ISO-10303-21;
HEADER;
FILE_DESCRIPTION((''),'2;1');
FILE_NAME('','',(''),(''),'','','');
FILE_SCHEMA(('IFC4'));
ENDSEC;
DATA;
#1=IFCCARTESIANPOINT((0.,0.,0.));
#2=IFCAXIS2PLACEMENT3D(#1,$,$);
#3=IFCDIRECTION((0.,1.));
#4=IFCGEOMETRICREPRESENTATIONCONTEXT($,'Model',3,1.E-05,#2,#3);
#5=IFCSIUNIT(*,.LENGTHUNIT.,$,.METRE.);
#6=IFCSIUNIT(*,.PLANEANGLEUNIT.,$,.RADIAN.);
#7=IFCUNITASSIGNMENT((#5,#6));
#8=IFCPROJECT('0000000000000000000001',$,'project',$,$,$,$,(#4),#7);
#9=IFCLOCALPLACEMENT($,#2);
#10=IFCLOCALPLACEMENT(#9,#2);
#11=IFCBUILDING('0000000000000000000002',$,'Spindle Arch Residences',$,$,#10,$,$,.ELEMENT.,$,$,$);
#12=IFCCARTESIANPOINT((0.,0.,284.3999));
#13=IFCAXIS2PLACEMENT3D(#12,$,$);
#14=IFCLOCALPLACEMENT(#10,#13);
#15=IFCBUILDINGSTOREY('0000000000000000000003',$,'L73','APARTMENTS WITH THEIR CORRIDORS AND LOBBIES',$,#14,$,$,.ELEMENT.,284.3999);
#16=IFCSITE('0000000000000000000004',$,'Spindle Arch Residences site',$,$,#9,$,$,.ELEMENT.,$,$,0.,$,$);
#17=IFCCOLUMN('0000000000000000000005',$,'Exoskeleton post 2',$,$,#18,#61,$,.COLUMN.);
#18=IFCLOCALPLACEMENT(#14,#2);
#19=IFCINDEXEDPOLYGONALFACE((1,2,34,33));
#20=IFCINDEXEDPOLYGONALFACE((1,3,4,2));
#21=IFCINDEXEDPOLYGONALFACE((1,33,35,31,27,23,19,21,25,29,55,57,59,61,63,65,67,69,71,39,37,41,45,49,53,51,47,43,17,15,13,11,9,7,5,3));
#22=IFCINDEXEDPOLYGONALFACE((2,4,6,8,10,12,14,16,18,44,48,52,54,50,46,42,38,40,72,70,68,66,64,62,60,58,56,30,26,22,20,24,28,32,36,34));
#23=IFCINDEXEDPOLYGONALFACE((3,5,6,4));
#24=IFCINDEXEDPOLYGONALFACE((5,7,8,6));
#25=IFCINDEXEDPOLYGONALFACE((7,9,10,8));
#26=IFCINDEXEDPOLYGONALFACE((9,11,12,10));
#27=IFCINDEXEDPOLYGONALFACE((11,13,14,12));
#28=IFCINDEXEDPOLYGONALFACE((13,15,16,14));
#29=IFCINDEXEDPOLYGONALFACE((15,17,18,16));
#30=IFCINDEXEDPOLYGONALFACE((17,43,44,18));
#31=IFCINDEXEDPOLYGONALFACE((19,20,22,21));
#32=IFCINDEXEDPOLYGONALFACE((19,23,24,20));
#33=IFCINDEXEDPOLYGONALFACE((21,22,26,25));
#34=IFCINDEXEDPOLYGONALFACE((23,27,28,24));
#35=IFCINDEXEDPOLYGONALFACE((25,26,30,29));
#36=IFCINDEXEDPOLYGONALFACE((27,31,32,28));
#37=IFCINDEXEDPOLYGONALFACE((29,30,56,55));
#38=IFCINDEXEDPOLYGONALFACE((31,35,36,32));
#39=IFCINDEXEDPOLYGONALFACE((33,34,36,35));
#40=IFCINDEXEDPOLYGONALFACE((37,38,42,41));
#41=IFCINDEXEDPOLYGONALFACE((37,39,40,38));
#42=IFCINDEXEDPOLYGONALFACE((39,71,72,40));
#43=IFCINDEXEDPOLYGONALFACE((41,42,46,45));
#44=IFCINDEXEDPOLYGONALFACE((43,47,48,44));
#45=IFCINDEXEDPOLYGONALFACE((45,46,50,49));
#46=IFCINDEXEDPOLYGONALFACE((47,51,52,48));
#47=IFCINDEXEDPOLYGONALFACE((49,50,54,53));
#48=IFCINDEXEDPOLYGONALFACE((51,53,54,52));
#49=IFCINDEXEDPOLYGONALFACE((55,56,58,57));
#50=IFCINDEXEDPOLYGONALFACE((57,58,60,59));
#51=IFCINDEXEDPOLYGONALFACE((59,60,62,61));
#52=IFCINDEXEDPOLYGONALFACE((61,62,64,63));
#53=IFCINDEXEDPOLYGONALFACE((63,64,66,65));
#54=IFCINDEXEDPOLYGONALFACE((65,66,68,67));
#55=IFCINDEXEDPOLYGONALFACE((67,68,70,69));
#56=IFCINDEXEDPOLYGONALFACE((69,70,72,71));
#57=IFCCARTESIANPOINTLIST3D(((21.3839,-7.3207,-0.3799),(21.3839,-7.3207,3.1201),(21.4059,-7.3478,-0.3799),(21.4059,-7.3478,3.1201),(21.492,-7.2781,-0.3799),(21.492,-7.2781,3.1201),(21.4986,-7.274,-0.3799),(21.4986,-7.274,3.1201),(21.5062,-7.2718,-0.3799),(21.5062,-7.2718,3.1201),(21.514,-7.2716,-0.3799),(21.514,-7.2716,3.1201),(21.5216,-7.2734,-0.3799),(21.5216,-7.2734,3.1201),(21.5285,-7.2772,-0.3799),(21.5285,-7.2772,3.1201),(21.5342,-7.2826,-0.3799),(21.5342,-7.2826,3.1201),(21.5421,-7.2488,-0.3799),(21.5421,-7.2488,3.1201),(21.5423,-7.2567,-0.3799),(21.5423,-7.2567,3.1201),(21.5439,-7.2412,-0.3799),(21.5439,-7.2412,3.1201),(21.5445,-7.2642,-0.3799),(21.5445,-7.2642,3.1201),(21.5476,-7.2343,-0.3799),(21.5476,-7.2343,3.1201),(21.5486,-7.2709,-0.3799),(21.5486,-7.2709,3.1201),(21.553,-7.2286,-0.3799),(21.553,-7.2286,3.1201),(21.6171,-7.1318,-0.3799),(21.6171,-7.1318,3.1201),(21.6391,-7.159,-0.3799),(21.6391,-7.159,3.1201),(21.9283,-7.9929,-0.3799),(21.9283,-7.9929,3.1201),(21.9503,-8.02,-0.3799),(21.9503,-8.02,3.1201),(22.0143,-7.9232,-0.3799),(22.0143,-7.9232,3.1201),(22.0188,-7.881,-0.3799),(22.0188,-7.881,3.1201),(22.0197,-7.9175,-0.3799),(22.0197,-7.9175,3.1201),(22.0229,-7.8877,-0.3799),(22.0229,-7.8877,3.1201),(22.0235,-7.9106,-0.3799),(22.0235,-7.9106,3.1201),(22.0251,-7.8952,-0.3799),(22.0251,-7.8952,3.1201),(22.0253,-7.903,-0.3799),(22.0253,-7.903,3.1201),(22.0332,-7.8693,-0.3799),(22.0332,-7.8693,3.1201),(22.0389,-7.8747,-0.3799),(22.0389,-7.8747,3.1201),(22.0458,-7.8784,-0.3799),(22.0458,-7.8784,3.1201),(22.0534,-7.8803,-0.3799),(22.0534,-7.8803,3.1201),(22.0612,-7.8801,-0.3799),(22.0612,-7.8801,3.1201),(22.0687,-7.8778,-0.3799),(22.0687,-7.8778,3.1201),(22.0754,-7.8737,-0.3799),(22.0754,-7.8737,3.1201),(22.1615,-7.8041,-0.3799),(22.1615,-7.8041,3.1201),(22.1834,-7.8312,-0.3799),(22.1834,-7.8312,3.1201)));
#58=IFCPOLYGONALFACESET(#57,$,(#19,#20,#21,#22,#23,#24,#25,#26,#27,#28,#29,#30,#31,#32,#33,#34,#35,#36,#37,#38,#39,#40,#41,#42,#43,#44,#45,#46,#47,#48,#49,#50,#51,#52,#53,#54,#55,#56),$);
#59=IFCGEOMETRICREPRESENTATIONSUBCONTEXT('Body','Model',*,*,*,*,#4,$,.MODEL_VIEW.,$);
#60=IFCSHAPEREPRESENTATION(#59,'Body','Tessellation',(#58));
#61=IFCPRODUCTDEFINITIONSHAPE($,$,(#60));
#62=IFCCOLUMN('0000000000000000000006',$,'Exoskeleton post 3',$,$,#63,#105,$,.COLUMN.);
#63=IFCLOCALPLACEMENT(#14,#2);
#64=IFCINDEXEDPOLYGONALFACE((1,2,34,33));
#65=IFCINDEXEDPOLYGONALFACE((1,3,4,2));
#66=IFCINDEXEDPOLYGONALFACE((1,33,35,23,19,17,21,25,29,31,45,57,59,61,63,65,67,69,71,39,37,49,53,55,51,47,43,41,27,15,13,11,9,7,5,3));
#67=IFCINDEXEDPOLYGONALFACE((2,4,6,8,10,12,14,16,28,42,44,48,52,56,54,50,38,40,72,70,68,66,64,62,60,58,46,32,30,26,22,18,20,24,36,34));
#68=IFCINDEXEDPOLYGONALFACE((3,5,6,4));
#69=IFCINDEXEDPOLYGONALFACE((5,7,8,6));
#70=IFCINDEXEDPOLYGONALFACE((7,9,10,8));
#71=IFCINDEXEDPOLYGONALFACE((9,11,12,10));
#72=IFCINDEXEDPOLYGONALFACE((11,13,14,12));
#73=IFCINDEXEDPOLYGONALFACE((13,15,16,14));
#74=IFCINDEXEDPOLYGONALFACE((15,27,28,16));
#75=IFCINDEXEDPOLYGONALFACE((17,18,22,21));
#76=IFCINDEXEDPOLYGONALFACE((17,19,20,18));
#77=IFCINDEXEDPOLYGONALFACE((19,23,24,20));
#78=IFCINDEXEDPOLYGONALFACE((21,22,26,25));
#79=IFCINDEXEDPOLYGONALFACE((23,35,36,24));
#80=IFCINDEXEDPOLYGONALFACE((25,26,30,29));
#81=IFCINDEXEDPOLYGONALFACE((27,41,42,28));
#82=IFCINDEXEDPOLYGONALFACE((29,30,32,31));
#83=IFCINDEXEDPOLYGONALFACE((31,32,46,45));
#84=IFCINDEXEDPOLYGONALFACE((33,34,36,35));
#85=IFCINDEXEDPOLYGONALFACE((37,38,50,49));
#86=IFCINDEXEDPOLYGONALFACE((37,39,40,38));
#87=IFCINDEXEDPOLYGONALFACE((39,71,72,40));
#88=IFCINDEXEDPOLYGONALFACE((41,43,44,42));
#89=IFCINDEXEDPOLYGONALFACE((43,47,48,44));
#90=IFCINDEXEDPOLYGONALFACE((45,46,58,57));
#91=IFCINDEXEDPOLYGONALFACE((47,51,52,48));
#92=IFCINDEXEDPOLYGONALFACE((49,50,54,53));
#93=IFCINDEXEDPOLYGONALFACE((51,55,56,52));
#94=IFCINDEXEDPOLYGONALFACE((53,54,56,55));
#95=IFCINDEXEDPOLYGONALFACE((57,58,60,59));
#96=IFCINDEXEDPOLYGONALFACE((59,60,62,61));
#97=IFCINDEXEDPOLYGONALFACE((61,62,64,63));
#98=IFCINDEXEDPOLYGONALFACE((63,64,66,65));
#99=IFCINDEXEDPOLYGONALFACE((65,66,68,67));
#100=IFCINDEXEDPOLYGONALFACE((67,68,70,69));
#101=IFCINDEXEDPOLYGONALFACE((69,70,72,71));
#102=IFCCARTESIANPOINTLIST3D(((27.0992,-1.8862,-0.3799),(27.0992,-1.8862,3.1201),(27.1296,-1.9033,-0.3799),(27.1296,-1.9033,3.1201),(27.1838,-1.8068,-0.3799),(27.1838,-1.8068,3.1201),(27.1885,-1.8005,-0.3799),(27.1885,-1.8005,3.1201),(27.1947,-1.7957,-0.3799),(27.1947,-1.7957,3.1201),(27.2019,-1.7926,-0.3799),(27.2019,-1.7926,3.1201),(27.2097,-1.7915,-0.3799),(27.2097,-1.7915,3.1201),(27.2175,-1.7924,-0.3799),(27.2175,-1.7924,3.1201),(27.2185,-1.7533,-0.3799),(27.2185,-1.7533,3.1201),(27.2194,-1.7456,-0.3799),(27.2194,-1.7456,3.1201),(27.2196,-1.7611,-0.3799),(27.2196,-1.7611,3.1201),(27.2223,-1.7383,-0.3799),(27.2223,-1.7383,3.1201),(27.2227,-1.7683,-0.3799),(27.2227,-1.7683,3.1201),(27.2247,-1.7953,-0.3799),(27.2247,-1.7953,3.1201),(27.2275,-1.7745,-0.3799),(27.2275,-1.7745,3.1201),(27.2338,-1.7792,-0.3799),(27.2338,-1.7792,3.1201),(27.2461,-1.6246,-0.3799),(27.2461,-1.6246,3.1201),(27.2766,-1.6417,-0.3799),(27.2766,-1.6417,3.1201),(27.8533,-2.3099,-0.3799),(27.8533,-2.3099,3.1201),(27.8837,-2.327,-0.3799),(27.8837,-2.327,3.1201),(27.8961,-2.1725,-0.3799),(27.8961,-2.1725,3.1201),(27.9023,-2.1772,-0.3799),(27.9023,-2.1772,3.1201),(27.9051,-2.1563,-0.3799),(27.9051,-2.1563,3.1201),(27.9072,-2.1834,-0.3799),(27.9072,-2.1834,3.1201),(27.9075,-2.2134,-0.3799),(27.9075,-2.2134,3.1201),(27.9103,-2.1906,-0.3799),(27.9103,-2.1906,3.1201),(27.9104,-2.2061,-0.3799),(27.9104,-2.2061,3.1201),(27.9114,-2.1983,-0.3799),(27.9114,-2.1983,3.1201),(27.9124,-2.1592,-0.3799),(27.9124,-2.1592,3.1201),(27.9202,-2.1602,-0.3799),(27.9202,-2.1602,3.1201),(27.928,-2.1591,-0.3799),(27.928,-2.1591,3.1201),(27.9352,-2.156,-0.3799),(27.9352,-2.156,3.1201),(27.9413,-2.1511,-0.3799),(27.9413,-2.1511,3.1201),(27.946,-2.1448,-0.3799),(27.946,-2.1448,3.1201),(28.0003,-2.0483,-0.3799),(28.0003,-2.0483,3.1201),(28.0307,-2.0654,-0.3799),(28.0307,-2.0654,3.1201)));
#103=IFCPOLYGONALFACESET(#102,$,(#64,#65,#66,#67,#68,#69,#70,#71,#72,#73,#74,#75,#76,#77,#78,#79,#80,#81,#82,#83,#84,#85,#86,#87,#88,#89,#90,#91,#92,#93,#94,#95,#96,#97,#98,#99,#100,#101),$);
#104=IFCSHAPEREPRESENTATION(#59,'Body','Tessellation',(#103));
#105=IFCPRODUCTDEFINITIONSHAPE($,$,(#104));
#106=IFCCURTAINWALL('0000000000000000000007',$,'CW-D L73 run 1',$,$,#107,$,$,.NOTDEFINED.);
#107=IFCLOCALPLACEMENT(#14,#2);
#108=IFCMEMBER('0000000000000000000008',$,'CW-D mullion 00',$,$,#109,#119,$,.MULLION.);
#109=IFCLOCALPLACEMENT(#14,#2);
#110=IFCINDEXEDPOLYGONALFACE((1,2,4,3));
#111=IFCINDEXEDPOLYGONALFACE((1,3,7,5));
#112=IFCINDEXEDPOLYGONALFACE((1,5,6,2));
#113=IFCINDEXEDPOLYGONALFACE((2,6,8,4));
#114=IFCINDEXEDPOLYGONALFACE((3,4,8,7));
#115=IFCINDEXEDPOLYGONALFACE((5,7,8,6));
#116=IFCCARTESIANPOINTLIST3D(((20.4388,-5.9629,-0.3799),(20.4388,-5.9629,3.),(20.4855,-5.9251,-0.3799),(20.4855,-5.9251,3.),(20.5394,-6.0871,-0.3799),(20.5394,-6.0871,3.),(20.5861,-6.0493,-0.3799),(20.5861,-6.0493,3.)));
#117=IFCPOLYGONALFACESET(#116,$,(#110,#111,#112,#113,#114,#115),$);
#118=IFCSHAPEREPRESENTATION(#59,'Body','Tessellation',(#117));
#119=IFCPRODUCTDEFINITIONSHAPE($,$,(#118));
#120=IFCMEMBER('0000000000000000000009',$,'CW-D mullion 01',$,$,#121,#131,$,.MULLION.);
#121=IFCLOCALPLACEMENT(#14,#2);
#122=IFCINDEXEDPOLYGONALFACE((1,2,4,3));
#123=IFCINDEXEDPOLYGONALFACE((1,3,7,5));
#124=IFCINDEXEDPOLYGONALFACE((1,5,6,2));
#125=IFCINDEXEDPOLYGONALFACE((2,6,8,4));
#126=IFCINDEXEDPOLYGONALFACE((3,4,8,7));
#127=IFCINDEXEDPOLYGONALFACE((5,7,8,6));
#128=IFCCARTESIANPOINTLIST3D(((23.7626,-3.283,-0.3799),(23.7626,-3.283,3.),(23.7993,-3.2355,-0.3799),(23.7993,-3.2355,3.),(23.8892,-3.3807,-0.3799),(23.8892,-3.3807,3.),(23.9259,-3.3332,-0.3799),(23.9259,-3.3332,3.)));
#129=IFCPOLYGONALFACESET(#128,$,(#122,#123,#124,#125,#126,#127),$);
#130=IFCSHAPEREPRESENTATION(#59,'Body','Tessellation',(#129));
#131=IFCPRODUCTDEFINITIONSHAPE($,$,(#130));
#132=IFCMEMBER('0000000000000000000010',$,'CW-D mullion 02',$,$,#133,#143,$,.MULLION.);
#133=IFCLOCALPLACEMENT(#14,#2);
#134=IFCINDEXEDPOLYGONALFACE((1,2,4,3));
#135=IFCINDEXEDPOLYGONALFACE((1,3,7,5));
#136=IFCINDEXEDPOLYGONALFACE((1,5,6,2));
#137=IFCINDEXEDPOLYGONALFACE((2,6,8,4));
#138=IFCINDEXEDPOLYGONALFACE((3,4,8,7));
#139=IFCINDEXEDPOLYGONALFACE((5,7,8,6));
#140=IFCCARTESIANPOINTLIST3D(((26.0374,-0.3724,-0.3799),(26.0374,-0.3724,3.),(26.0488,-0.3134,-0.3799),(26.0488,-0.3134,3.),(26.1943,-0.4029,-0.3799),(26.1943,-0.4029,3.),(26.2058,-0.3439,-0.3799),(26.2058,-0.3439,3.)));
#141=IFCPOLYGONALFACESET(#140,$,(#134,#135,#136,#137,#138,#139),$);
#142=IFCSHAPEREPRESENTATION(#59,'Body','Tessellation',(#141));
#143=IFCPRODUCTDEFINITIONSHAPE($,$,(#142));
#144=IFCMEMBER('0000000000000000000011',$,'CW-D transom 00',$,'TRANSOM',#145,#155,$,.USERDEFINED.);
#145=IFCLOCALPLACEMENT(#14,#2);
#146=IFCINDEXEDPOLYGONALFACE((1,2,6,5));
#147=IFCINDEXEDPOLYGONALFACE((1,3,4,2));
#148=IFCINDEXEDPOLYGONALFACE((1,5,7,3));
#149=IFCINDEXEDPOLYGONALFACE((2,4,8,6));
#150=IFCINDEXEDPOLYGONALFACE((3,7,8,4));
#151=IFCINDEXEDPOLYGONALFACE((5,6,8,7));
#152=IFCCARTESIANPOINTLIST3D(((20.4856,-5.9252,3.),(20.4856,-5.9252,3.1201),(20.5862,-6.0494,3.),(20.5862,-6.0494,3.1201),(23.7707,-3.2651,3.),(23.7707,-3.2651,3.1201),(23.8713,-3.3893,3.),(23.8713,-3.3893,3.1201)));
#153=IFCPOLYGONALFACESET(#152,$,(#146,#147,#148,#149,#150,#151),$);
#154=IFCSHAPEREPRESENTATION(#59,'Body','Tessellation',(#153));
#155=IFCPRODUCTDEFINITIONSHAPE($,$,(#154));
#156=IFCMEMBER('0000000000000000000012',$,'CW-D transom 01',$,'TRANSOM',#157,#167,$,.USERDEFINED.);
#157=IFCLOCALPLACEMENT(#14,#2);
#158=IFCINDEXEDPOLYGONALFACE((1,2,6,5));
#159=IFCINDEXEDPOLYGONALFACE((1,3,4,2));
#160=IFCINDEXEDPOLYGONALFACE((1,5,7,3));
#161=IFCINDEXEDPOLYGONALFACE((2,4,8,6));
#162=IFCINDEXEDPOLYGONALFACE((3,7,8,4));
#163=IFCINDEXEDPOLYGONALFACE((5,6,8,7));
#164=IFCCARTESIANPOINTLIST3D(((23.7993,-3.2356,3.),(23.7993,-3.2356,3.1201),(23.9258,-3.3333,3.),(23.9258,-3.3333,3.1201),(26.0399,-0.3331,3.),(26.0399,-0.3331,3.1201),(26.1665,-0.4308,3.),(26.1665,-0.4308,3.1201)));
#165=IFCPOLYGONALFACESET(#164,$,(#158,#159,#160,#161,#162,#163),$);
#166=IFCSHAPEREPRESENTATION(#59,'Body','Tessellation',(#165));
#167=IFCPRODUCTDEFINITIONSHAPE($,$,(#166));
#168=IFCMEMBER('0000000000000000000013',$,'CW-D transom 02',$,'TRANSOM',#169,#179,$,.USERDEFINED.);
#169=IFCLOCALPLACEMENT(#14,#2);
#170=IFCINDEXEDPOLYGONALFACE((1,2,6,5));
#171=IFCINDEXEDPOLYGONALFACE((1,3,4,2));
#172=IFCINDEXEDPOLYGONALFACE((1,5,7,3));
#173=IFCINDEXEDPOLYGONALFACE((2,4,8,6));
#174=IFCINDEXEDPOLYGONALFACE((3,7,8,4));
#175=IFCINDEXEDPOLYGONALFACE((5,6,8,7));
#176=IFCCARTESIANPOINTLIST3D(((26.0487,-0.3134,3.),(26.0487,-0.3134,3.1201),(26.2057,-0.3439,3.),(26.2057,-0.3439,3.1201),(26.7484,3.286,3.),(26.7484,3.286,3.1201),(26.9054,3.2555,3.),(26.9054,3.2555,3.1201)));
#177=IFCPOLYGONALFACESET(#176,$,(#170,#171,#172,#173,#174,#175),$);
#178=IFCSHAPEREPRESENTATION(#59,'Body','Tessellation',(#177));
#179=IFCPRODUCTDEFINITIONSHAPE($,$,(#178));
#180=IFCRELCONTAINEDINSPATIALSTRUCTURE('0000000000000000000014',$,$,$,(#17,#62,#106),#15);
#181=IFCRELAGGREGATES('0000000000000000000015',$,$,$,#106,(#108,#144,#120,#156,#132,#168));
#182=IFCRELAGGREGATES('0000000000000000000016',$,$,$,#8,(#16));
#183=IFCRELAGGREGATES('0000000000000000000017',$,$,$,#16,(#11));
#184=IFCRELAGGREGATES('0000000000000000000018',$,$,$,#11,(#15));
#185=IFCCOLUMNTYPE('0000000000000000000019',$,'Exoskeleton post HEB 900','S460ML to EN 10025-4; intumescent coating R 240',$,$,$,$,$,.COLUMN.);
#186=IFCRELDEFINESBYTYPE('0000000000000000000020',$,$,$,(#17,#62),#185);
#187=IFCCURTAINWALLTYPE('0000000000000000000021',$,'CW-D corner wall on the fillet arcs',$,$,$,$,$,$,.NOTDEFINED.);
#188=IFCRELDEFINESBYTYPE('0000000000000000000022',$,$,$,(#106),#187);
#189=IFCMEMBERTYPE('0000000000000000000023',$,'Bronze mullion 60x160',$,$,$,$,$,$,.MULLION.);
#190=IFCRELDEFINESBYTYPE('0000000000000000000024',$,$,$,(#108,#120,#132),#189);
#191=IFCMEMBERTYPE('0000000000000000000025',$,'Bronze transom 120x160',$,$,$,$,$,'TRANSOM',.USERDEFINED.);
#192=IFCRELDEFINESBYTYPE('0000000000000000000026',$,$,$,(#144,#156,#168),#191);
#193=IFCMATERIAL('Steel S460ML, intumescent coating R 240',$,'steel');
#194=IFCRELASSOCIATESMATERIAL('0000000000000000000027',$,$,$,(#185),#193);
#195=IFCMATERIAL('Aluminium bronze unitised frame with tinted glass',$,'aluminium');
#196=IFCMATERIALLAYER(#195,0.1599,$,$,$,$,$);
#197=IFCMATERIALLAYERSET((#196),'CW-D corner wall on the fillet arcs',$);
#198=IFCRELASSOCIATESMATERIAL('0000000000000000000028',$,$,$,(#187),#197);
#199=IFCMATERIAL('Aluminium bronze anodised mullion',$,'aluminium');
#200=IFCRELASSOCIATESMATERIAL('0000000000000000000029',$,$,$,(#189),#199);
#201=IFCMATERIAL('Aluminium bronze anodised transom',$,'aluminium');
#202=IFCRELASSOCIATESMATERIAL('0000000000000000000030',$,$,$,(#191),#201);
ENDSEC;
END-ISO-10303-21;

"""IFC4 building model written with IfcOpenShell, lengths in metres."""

from ifc_helpers import new_model, si_unit, direction, frame, origin, origin_2d, place, context, subcontext, project, spatial, rectangle, i_section, extrude, material, layer, layer_set, material_profile, profile_set, type_object, element, aggregate, save


model = new_model("IFC4")

# Units and contexts
model_context = context("Model", 3, precision=1e-05, world=origin(), true_north=direction((0.0, 1.0)))
body_context = subcontext(model_context, "Body", "Model", "MODEL_VIEW")
ifc_project = project(units=[si_unit("LENGTHUNIT", "METRE"), si_unit("PLANEANGLEUNIT", "RADIAN")], contexts=[model_context])

# Site, building, storey
site_placement = place(None, origin())
site = spatial("IfcSite", under=ifc_project, at=site_placement, Name="Spindle Arch Residences site", CompositionType="ELEMENT", RefElevation=0.0)
building_placement = place(site_placement, origin())
building = spatial("IfcBuilding", under=site, at=building_placement, Name="Spindle Arch Residences", CompositionType="ELEMENT")
storey_placement = place(building_placement, frame((0.0, 0.0, 284.3999)))
storey = spatial("IfcBuildingStorey", under=building, at=storey_placement, Name="L73", Description="APARTMENTS WITH THEIR CORRIDORS AND LOBBIES", CompositionType="ELEMENT", Elevation=284.3999)

# Columns
ifc_material_1 = material(Name="Steel S460ML, intumescent coating R 240", Category="steel")
ifc_material_profile_1 = material_profile(ifc_material_1, i_section(OverallWidth=0.3, OverallDepth=0.8999, WebThickness=0.0186, FlangeThickness=0.0349, FilletRadius=0.03, at=origin_2d()), Name="HEB 900")
ifc_profile_set_1 = profile_set([ifc_material_profile_1], Name="Steel S460ML, intumescent coating R 240")
column_type = type_object("IfcColumnType", Name="Exoskeleton post HEB 900", Description="S460ML to EN 10025-4; intumescent coating R 240", PredefinedType="COLUMN", material=ifc_profile_set_1)
for number, where, z_axis, x_axis, name in (
    (1, (21.7837, -7.5759, -0.3799), (0.0, 0.0, 1.0), (-0.777146, -0.62932, 0.0), "Exoskeleton post 2"),
    (2, (27.5649, -1.9758, -0.3799), (0.0, 0.0, 1.0), (-0.489802, -0.871834, 0.0), "Exoskeleton post 3"),
):
    element("IfcColumn", number, at=place(storey_placement, frame(where, z_axis=z_axis, x_axis=x_axis)), inside=storey, type_object=column_type, Name=name, PredefinedType="COLUMN", context=body_context, shape_type="SweptSolid", body=[
        extrude(i_section(OverallWidth=0.3, OverallDepth=0.8999, WebThickness=0.0186, FlangeThickness=0.0349, FilletRadius=0.03, at=origin_2d()), origin(), (0.0, 0.0, 1.0), 3.5),
    ])

# Curtain wall, members
ifc_material_2 = material(Name="Aluminium bronze unitised frame with tinted glass", Category="aluminium")
ifc_layer_1 = layer(ifc_material_2, 0.1599)
ifc_layer_set_1 = layer_set([ifc_layer_1], Name="CW-D corner wall on the fillet arcs")
curtain_wall_type_1 = type_object("IfcCurtainWallType", Name="CW-D corner wall on the fillet arcs", PredefinedType="NOTDEFINED", material=ifc_layer_set_1)
curtain_wall_1_placement = place(storey_placement, origin())
curtain_wall_1 = element("IfcCurtainWall", 3, at=curtain_wall_1_placement, inside=storey, type_object=curtain_wall_type_1, Name="CW-D L73 run 1", PredefinedType="NOTDEFINED")
ifc_material_3 = material(Name="Aluminium bronze anodised mullion", Category="aluminium")
ifc_material_profile_2 = material_profile(ifc_material_3, rectangle(XDim=0.1599, YDim=0.0601, at=origin_2d()), Name="MU 60x160")
ifc_profile_set_2 = profile_set([ifc_material_profile_2], Name="Aluminium bronze anodised mullion")
member_type_1 = type_object("IfcMemberType", Name="Bronze mullion 60x160", PredefinedType="MULLION", material=ifc_profile_set_2)
member_1_placement = place(storey_placement, frame((20.5125, -6.0061, -0.3799), z_axis=(0.0, 0.0, 1.0), x_axis=(-0.62932, 0.777146, 0.0)))
member_1 = element("IfcMember", 4, at=member_1_placement, type_object=member_type_1, Name="CW-D mullion 00", PredefinedType="MULLION", context=body_context, shape_type="SweptSolid", body=[
    extrude(rectangle(XDim=0.1599, YDim=0.0601, at=origin_2d()), origin(), (0.0, 0.0, 1.0), 3.3799),
])
member_2_placement = place(storey_placement, frame((23.8442, -3.3081, -0.3799), z_axis=(0.0, 0.0, 1.0), x_axis=(-0.791579, 0.611067, 0.0)))
member_2 = element("IfcMember", 5, at=member_2_placement, type_object=member_type_1, Name="CW-D mullion 01", PredefinedType="MULLION", context=body_context, shape_type="SweptSolid", body=[
    extrude(rectangle(XDim=0.1599, YDim=0.0601, at=origin_2d()), origin(), (0.0, 0.0, 1.0), 3.3799),
])
member_3_placement = place(storey_placement, frame((26.1216, -0.3582, -0.3799), z_axis=(0.0, 0.0, 1.0), x_axis=(-0.981627, 0.190809, 0.0)))
member_3 = element("IfcMember", 6, at=member_3_placement, type_object=member_type_1, Name="CW-D mullion 02", PredefinedType="MULLION", context=body_context, shape_type="SweptSolid", body=[
    extrude(rectangle(XDim=0.1599, YDim=0.0601, at=origin_2d()), origin(), (0.0, 0.0, 1.0), 3.3799),
])
ifc_material_4 = material(Name="Aluminium bronze anodised transom", Category="aluminium")
ifc_material_profile_3 = material_profile(ifc_material_4, rectangle(XDim=0.1599, YDim=0.1201, at=origin_2d()), Name="TR 120x160")
ifc_profile_set_3 = profile_set([ifc_material_profile_3], Name="Aluminium bronze anodised transom")
member_type_2 = type_object("IfcMemberType", Name="Bronze transom 120x160", ElementType="TRANSOM", PredefinedType="USERDEFINED", material=ifc_profile_set_3)
member_4_placement = place(storey_placement, frame((20.5359, -5.9873, 3.0601), z_axis=(0.777159, 0.629305, 0.0), x_axis=(-0.629305, 0.777159, 0.0)))
member_4 = element("IfcMember", 7, at=member_4_placement, type_object=member_type_2, Name="CW-D transom 00", ObjectType="TRANSOM", PredefinedType="USERDEFINED", context=body_context, shape_type="SweptSolid", body=[
    extrude(rectangle(XDim=0.1599, YDim=0.1201, at=origin_2d()), origin(), (0.0, 0.0, 1.0), 4.2271),
])
member_5_placement = place(storey_placement, frame((23.8625, -3.2844, 3.0601), z_axis=(0.611074, 0.791573, 0.0), x_axis=(-0.791573, 0.611074, 0.0)))
member_5 = element("IfcMember", 8, at=member_5_placement, type_object=member_type_2, Name="CW-D transom 01", ObjectType="TRANSOM", PredefinedType="USERDEFINED", context=body_context, shape_type="SweptSolid", body=[
    extrude(rectangle(XDim=0.1599, YDim=0.1201, at=origin_2d()), origin(), (0.0, 0.0, 1.0), 3.6667),
])
member_6_placement = place(storey_placement, frame((26.1272, -0.3286, 3.0601), z_axis=(0.190825, 0.981624, 0.0), x_axis=(-0.981624, 0.190825, 0.0)))
member_6 = element("IfcMember", 9, at=member_6_placement, type_object=member_type_2, Name="CW-D transom 02", ObjectType="TRANSOM", PredefinedType="USERDEFINED", context=body_context, shape_type="SweptSolid", body=[
    extrude(rectangle(XDim=0.1599, YDim=0.1201, at=origin_2d()), origin(), (0.0, 0.0, 1.0), 3.6667),
])

aggregate(curtain_wall_1, [member_1, member_4, member_2, member_5, member_3, member_6])

save(model, "model.ifc")
